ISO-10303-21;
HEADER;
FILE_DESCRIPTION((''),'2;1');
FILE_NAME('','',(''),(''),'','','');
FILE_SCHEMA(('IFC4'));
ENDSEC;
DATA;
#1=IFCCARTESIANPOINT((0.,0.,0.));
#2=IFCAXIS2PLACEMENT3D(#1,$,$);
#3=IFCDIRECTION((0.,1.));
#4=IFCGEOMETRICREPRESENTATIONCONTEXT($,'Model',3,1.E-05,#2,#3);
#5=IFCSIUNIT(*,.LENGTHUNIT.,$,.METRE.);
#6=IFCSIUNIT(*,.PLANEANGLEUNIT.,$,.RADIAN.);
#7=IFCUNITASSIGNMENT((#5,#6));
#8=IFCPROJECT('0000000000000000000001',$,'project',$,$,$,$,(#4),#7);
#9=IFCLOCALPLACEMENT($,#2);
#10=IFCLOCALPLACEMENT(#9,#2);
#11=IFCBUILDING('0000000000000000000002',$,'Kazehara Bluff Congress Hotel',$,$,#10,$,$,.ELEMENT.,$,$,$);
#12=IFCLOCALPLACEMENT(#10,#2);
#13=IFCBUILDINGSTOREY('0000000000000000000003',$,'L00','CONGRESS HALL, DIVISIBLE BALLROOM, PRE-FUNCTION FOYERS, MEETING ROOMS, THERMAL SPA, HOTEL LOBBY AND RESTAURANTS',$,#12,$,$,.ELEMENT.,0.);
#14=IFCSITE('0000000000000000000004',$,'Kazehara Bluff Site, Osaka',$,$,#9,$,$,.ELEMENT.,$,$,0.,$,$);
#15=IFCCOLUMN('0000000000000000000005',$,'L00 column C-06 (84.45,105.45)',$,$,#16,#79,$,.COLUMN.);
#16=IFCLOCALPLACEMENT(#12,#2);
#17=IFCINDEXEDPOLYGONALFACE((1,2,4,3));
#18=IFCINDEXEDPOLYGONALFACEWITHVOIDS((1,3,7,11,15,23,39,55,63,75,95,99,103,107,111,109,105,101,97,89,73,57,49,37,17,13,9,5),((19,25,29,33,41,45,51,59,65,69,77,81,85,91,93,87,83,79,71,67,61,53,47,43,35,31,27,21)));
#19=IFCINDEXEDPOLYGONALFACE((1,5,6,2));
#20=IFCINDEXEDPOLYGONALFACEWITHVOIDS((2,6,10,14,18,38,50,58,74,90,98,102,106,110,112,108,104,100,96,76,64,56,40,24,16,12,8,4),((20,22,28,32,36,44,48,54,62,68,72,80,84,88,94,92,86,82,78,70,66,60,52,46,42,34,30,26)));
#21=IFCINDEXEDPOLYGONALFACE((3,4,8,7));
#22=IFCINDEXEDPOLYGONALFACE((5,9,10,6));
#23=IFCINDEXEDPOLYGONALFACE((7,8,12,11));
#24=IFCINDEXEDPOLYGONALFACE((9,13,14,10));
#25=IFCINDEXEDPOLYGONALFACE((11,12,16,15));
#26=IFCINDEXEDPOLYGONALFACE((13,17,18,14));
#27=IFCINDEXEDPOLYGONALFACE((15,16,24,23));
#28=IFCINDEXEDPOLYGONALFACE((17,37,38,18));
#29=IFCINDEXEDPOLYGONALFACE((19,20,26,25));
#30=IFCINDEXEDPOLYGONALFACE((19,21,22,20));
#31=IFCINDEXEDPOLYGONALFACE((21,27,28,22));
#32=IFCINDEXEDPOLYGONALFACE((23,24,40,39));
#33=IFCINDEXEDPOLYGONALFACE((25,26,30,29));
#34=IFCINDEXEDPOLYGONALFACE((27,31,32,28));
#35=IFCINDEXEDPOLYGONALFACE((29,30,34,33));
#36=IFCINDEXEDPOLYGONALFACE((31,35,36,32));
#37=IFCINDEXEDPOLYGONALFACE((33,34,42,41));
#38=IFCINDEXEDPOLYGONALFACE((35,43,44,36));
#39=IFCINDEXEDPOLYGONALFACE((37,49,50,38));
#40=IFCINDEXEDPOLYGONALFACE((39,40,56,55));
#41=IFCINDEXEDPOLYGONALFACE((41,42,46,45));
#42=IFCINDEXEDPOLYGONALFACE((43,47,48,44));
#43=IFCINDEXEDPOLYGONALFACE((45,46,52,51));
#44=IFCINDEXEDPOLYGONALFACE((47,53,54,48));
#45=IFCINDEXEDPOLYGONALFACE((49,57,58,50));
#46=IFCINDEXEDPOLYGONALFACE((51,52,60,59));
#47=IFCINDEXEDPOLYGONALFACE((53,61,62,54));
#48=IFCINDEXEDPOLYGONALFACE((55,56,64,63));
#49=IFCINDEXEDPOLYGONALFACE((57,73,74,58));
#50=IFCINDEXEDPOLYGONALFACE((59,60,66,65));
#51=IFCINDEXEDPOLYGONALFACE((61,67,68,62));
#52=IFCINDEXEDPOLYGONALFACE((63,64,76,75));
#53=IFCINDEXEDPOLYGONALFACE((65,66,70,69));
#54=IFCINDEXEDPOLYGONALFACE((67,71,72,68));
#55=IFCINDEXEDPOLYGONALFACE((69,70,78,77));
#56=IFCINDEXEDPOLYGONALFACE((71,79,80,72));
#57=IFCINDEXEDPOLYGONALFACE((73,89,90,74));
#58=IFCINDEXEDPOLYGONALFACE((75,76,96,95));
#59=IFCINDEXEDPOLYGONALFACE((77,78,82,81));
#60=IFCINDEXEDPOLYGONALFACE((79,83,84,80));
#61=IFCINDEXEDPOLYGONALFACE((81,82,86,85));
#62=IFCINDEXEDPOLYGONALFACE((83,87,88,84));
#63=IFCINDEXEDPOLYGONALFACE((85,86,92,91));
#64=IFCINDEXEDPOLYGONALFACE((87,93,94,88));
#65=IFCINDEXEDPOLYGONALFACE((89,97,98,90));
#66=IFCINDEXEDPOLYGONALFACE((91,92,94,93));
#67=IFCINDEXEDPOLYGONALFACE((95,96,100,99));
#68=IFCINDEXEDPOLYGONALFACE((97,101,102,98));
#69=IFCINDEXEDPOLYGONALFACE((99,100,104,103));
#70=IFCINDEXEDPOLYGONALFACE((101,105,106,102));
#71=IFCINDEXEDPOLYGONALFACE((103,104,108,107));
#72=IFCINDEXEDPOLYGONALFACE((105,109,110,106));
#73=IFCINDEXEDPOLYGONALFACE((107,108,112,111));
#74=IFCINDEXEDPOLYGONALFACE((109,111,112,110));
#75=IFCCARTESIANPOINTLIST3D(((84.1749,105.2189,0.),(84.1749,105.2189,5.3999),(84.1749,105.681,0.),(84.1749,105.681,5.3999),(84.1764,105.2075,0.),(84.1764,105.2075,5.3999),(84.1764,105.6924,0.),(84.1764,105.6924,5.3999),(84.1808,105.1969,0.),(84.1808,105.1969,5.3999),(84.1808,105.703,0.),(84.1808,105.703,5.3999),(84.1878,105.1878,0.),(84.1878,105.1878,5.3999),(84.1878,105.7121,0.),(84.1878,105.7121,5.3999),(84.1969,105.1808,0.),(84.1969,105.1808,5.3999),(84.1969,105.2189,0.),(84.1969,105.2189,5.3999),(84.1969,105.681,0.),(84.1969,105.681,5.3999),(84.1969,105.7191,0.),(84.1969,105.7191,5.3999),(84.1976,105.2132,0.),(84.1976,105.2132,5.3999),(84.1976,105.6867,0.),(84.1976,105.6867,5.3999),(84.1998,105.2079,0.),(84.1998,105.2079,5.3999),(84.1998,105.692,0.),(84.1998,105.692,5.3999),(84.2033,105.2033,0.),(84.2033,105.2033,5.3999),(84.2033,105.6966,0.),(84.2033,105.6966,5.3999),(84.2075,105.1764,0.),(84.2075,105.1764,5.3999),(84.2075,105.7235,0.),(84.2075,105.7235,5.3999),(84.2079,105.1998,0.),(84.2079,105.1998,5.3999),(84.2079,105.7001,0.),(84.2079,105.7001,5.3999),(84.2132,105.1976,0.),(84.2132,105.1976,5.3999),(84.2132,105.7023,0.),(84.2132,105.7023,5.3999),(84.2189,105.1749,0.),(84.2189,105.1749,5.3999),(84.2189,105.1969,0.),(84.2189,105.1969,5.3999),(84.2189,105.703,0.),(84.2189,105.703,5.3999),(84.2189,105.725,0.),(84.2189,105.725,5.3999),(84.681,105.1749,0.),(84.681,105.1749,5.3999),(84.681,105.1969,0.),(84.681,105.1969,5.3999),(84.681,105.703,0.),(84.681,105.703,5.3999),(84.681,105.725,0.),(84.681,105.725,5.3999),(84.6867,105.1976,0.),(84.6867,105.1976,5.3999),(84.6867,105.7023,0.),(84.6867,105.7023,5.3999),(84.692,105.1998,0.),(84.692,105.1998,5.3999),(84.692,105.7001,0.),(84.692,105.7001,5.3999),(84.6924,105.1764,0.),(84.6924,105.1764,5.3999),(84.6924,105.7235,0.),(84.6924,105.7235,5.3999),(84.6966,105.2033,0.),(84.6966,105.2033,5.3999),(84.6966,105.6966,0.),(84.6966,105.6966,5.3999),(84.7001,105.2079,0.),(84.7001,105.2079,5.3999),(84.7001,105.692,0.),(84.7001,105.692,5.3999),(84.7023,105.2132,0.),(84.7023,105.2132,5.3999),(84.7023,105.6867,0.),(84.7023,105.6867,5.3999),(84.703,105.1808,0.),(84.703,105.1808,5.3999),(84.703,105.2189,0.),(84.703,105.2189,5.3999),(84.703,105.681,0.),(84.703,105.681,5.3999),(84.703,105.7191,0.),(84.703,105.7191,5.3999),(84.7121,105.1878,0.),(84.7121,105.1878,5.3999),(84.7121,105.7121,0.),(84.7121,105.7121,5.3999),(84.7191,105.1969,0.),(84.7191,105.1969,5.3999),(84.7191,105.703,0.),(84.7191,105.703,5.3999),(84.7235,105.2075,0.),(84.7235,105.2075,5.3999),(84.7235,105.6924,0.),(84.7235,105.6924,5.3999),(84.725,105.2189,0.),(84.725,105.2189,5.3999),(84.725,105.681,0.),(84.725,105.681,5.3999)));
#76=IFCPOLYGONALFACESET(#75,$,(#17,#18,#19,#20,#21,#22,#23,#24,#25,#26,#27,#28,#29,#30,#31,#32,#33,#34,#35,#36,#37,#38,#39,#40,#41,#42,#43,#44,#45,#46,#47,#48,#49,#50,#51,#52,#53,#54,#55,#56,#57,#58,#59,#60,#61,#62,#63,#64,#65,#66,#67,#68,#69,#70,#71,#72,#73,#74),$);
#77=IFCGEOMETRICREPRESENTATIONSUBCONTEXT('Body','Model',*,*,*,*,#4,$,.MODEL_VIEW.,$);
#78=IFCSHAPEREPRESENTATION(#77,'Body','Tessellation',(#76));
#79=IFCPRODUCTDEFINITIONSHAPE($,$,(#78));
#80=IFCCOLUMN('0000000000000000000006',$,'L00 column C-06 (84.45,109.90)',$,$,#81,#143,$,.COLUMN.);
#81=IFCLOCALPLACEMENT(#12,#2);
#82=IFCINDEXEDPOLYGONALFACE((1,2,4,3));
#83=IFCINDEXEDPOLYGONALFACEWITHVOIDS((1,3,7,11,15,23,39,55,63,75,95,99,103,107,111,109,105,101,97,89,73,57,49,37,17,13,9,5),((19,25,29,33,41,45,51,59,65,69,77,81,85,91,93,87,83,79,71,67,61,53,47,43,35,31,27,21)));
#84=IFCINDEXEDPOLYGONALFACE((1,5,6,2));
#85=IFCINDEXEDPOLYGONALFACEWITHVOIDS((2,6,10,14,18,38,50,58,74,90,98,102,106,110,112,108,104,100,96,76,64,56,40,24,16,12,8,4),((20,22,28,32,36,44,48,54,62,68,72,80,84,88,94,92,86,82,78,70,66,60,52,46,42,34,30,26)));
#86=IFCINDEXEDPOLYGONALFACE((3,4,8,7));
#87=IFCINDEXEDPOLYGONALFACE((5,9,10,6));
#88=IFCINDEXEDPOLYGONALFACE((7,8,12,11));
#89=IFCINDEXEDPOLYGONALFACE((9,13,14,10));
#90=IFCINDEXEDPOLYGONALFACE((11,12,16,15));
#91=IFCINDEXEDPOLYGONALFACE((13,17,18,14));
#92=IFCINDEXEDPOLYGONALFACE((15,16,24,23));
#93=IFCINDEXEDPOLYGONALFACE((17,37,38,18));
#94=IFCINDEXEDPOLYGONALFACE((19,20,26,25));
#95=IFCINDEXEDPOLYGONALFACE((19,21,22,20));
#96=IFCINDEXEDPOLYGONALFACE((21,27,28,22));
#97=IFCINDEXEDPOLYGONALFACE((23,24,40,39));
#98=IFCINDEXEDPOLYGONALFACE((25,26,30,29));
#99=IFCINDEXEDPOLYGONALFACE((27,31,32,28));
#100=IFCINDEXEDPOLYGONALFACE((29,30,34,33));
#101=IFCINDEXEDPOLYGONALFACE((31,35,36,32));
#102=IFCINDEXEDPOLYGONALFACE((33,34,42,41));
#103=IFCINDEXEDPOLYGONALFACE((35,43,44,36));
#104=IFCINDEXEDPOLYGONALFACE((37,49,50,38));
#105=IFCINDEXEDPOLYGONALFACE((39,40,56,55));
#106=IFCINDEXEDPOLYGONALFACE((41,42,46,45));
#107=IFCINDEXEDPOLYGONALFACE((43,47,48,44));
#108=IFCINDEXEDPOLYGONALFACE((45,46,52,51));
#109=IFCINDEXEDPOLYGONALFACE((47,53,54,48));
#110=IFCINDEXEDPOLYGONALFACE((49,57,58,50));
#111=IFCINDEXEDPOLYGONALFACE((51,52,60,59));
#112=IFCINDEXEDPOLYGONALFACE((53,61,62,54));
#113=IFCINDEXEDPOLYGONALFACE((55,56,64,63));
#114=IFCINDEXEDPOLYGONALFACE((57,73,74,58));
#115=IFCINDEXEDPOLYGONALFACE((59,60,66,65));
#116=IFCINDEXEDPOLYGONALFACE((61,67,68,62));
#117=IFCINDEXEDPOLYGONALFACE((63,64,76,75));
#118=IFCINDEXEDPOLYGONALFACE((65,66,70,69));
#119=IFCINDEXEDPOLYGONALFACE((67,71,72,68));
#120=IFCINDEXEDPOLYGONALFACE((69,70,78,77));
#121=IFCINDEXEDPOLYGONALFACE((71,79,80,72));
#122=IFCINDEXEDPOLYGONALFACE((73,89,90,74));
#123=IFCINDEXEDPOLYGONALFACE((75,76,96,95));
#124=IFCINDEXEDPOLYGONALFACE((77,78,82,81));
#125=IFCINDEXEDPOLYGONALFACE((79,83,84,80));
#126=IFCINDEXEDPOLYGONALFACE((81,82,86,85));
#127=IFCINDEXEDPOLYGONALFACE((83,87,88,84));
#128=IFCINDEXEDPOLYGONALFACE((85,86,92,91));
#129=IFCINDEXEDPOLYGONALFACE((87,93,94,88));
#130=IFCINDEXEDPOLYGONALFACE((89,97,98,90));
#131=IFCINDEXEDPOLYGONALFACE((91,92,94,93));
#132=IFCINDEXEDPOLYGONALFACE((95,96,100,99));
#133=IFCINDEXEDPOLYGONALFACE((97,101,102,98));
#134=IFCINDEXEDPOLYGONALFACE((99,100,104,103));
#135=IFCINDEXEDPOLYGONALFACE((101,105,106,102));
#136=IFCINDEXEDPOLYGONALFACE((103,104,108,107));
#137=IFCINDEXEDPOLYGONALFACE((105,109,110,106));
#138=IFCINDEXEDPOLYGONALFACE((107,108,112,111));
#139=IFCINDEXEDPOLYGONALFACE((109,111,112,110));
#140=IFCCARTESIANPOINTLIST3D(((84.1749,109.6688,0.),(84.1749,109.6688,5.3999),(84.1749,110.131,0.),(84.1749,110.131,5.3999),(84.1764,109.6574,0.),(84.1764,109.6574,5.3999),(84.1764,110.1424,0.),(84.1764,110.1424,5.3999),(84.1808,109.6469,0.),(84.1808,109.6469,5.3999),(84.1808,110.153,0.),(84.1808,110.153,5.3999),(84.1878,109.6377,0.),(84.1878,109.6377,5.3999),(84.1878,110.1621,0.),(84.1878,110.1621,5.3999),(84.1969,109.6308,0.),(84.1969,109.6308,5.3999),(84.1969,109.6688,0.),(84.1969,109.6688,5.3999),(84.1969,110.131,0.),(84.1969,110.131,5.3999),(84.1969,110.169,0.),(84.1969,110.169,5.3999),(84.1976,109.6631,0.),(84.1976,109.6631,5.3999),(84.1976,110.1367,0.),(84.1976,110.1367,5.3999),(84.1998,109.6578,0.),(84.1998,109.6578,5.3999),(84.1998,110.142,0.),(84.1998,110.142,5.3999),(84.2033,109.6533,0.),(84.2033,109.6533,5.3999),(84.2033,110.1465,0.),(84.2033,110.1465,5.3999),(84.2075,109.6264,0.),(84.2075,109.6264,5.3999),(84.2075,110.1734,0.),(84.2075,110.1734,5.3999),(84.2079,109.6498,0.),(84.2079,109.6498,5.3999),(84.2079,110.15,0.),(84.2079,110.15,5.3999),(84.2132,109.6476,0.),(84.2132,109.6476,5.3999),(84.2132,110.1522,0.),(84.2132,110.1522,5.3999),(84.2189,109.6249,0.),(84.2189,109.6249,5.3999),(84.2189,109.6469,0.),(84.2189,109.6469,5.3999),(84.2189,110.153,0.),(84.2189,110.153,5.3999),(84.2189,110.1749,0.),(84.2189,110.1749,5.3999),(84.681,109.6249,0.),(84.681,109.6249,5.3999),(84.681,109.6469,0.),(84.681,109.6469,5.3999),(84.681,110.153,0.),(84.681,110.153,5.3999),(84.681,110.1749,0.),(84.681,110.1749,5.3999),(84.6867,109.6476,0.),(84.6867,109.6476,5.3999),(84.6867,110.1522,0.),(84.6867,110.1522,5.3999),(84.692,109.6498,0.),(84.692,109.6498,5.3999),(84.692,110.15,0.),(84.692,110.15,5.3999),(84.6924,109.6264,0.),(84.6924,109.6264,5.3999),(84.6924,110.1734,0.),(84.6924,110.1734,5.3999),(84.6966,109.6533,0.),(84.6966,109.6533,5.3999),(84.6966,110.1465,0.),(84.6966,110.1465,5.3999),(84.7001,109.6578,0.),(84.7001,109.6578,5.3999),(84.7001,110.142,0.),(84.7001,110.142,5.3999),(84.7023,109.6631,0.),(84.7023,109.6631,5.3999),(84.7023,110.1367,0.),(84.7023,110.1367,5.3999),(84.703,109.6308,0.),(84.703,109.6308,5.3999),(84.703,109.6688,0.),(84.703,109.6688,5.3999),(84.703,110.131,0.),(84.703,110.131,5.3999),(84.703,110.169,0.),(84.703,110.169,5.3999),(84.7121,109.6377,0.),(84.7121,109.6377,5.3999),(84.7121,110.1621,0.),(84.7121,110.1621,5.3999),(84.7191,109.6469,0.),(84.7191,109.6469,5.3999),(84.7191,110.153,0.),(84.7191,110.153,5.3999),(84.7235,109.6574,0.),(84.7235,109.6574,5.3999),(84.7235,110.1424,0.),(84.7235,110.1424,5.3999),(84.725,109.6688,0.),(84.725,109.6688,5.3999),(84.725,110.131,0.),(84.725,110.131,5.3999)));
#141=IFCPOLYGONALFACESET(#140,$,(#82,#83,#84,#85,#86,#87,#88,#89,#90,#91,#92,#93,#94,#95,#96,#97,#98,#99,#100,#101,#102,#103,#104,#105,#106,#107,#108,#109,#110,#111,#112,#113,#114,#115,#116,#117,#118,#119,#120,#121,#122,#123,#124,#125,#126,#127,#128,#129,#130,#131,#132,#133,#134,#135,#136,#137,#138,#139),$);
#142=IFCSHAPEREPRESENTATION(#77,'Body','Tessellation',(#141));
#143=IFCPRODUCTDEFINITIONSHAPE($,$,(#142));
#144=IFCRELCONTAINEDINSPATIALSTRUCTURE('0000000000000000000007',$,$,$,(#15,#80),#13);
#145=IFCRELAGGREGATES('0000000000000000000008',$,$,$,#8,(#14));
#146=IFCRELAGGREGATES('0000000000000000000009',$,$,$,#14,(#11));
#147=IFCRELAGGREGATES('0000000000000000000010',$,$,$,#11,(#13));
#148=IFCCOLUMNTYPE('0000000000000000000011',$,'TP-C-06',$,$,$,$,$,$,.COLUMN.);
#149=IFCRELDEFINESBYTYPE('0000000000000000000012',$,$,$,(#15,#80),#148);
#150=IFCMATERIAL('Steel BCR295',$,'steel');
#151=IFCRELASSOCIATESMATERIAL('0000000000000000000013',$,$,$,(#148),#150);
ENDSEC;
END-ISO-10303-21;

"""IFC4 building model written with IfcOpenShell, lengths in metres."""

from ifc_helpers import new_model, si_unit, direction, frame, origin, origin_2d, place, context, subcontext, project, spatial, hollow_rectangle, extrude, material, material_profile, profile_set, type_object, element, save


model = new_model("IFC4")

# Units and contexts
model_context = context("Model", 3, precision=1e-05, world=origin(), true_north=direction((0.0, 1.0)))
body_context = subcontext(model_context, "Body", "Model", "MODEL_VIEW")
ifc_project = project(units=[si_unit("LENGTHUNIT", "METRE"), si_unit("PLANEANGLEUNIT", "RADIAN")], contexts=[model_context])

# Site, building, storey
site_placement = place(None, origin())
site = spatial("IfcSite", under=ifc_project, at=site_placement, Name="Kazehara Bluff Site, Osaka", CompositionType="ELEMENT", RefElevation=0.0)
building_placement = place(site_placement, origin())
building = spatial("IfcBuilding", under=site, at=building_placement, Name="Kazehara Bluff Congress Hotel", CompositionType="ELEMENT")
storey_placement = place(building_placement, origin())
storey = spatial("IfcBuildingStorey", under=building, at=storey_placement, Name="L00", Description="CONGRESS HALL, DIVISIBLE BALLROOM, PRE-FUNCTION FOYERS, MEETING ROOMS, THERMAL SPA, HOTEL LOBBY AND RESTAURANTS", CompositionType="ELEMENT", Elevation=0.0)

# Columns
ifc_material_1 = material(Name="Steel BCR295", Category="steel")
ifc_material_profile_1 = material_profile(ifc_material_1, hollow_rectangle(XDim=0.55, YDim=0.55, WallThickness=0.022, InnerFilletRadius=0.022, OuterFilletRadius=0.0439, at=origin_2d()))
ifc_profile_set_1 = profile_set([ifc_material_profile_1], Name="Steel BCR295")
column_type = type_object("IfcColumnType", Name="TP-C-06", PredefinedType="COLUMN", material=ifc_profile_set_1)
for number, where, z_axis, x_axis, name in (
    (1, (84.45, 105.45, 0.0), (0.0, 0.0, 1.0), (1.0, 0.0, 0.0), "L00 column C-06 (84.45,105.45)"),
    (2, (84.45, 109.8999, 0.0), (0.0, 0.0, 1.0), (1.0, 0.0, 0.0), "L00 column C-06 (84.45,109.90)"),
):
    element("IfcColumn", number, at=place(storey_placement, frame(where, z_axis=z_axis, x_axis=x_axis)), inside=storey, type_object=column_type, Name=name, PredefinedType="COLUMN", context=body_context, shape_type="SweptSolid", body=[
        extrude(hollow_rectangle(XDim=0.55, YDim=0.55, WallThickness=0.022, InnerFilletRadius=0.022, OuterFilletRadius=0.0439, at=origin_2d()), origin(), (0.0, 0.0, 1.0), 5.3999),
    ])

save(model, "model.ifc")
